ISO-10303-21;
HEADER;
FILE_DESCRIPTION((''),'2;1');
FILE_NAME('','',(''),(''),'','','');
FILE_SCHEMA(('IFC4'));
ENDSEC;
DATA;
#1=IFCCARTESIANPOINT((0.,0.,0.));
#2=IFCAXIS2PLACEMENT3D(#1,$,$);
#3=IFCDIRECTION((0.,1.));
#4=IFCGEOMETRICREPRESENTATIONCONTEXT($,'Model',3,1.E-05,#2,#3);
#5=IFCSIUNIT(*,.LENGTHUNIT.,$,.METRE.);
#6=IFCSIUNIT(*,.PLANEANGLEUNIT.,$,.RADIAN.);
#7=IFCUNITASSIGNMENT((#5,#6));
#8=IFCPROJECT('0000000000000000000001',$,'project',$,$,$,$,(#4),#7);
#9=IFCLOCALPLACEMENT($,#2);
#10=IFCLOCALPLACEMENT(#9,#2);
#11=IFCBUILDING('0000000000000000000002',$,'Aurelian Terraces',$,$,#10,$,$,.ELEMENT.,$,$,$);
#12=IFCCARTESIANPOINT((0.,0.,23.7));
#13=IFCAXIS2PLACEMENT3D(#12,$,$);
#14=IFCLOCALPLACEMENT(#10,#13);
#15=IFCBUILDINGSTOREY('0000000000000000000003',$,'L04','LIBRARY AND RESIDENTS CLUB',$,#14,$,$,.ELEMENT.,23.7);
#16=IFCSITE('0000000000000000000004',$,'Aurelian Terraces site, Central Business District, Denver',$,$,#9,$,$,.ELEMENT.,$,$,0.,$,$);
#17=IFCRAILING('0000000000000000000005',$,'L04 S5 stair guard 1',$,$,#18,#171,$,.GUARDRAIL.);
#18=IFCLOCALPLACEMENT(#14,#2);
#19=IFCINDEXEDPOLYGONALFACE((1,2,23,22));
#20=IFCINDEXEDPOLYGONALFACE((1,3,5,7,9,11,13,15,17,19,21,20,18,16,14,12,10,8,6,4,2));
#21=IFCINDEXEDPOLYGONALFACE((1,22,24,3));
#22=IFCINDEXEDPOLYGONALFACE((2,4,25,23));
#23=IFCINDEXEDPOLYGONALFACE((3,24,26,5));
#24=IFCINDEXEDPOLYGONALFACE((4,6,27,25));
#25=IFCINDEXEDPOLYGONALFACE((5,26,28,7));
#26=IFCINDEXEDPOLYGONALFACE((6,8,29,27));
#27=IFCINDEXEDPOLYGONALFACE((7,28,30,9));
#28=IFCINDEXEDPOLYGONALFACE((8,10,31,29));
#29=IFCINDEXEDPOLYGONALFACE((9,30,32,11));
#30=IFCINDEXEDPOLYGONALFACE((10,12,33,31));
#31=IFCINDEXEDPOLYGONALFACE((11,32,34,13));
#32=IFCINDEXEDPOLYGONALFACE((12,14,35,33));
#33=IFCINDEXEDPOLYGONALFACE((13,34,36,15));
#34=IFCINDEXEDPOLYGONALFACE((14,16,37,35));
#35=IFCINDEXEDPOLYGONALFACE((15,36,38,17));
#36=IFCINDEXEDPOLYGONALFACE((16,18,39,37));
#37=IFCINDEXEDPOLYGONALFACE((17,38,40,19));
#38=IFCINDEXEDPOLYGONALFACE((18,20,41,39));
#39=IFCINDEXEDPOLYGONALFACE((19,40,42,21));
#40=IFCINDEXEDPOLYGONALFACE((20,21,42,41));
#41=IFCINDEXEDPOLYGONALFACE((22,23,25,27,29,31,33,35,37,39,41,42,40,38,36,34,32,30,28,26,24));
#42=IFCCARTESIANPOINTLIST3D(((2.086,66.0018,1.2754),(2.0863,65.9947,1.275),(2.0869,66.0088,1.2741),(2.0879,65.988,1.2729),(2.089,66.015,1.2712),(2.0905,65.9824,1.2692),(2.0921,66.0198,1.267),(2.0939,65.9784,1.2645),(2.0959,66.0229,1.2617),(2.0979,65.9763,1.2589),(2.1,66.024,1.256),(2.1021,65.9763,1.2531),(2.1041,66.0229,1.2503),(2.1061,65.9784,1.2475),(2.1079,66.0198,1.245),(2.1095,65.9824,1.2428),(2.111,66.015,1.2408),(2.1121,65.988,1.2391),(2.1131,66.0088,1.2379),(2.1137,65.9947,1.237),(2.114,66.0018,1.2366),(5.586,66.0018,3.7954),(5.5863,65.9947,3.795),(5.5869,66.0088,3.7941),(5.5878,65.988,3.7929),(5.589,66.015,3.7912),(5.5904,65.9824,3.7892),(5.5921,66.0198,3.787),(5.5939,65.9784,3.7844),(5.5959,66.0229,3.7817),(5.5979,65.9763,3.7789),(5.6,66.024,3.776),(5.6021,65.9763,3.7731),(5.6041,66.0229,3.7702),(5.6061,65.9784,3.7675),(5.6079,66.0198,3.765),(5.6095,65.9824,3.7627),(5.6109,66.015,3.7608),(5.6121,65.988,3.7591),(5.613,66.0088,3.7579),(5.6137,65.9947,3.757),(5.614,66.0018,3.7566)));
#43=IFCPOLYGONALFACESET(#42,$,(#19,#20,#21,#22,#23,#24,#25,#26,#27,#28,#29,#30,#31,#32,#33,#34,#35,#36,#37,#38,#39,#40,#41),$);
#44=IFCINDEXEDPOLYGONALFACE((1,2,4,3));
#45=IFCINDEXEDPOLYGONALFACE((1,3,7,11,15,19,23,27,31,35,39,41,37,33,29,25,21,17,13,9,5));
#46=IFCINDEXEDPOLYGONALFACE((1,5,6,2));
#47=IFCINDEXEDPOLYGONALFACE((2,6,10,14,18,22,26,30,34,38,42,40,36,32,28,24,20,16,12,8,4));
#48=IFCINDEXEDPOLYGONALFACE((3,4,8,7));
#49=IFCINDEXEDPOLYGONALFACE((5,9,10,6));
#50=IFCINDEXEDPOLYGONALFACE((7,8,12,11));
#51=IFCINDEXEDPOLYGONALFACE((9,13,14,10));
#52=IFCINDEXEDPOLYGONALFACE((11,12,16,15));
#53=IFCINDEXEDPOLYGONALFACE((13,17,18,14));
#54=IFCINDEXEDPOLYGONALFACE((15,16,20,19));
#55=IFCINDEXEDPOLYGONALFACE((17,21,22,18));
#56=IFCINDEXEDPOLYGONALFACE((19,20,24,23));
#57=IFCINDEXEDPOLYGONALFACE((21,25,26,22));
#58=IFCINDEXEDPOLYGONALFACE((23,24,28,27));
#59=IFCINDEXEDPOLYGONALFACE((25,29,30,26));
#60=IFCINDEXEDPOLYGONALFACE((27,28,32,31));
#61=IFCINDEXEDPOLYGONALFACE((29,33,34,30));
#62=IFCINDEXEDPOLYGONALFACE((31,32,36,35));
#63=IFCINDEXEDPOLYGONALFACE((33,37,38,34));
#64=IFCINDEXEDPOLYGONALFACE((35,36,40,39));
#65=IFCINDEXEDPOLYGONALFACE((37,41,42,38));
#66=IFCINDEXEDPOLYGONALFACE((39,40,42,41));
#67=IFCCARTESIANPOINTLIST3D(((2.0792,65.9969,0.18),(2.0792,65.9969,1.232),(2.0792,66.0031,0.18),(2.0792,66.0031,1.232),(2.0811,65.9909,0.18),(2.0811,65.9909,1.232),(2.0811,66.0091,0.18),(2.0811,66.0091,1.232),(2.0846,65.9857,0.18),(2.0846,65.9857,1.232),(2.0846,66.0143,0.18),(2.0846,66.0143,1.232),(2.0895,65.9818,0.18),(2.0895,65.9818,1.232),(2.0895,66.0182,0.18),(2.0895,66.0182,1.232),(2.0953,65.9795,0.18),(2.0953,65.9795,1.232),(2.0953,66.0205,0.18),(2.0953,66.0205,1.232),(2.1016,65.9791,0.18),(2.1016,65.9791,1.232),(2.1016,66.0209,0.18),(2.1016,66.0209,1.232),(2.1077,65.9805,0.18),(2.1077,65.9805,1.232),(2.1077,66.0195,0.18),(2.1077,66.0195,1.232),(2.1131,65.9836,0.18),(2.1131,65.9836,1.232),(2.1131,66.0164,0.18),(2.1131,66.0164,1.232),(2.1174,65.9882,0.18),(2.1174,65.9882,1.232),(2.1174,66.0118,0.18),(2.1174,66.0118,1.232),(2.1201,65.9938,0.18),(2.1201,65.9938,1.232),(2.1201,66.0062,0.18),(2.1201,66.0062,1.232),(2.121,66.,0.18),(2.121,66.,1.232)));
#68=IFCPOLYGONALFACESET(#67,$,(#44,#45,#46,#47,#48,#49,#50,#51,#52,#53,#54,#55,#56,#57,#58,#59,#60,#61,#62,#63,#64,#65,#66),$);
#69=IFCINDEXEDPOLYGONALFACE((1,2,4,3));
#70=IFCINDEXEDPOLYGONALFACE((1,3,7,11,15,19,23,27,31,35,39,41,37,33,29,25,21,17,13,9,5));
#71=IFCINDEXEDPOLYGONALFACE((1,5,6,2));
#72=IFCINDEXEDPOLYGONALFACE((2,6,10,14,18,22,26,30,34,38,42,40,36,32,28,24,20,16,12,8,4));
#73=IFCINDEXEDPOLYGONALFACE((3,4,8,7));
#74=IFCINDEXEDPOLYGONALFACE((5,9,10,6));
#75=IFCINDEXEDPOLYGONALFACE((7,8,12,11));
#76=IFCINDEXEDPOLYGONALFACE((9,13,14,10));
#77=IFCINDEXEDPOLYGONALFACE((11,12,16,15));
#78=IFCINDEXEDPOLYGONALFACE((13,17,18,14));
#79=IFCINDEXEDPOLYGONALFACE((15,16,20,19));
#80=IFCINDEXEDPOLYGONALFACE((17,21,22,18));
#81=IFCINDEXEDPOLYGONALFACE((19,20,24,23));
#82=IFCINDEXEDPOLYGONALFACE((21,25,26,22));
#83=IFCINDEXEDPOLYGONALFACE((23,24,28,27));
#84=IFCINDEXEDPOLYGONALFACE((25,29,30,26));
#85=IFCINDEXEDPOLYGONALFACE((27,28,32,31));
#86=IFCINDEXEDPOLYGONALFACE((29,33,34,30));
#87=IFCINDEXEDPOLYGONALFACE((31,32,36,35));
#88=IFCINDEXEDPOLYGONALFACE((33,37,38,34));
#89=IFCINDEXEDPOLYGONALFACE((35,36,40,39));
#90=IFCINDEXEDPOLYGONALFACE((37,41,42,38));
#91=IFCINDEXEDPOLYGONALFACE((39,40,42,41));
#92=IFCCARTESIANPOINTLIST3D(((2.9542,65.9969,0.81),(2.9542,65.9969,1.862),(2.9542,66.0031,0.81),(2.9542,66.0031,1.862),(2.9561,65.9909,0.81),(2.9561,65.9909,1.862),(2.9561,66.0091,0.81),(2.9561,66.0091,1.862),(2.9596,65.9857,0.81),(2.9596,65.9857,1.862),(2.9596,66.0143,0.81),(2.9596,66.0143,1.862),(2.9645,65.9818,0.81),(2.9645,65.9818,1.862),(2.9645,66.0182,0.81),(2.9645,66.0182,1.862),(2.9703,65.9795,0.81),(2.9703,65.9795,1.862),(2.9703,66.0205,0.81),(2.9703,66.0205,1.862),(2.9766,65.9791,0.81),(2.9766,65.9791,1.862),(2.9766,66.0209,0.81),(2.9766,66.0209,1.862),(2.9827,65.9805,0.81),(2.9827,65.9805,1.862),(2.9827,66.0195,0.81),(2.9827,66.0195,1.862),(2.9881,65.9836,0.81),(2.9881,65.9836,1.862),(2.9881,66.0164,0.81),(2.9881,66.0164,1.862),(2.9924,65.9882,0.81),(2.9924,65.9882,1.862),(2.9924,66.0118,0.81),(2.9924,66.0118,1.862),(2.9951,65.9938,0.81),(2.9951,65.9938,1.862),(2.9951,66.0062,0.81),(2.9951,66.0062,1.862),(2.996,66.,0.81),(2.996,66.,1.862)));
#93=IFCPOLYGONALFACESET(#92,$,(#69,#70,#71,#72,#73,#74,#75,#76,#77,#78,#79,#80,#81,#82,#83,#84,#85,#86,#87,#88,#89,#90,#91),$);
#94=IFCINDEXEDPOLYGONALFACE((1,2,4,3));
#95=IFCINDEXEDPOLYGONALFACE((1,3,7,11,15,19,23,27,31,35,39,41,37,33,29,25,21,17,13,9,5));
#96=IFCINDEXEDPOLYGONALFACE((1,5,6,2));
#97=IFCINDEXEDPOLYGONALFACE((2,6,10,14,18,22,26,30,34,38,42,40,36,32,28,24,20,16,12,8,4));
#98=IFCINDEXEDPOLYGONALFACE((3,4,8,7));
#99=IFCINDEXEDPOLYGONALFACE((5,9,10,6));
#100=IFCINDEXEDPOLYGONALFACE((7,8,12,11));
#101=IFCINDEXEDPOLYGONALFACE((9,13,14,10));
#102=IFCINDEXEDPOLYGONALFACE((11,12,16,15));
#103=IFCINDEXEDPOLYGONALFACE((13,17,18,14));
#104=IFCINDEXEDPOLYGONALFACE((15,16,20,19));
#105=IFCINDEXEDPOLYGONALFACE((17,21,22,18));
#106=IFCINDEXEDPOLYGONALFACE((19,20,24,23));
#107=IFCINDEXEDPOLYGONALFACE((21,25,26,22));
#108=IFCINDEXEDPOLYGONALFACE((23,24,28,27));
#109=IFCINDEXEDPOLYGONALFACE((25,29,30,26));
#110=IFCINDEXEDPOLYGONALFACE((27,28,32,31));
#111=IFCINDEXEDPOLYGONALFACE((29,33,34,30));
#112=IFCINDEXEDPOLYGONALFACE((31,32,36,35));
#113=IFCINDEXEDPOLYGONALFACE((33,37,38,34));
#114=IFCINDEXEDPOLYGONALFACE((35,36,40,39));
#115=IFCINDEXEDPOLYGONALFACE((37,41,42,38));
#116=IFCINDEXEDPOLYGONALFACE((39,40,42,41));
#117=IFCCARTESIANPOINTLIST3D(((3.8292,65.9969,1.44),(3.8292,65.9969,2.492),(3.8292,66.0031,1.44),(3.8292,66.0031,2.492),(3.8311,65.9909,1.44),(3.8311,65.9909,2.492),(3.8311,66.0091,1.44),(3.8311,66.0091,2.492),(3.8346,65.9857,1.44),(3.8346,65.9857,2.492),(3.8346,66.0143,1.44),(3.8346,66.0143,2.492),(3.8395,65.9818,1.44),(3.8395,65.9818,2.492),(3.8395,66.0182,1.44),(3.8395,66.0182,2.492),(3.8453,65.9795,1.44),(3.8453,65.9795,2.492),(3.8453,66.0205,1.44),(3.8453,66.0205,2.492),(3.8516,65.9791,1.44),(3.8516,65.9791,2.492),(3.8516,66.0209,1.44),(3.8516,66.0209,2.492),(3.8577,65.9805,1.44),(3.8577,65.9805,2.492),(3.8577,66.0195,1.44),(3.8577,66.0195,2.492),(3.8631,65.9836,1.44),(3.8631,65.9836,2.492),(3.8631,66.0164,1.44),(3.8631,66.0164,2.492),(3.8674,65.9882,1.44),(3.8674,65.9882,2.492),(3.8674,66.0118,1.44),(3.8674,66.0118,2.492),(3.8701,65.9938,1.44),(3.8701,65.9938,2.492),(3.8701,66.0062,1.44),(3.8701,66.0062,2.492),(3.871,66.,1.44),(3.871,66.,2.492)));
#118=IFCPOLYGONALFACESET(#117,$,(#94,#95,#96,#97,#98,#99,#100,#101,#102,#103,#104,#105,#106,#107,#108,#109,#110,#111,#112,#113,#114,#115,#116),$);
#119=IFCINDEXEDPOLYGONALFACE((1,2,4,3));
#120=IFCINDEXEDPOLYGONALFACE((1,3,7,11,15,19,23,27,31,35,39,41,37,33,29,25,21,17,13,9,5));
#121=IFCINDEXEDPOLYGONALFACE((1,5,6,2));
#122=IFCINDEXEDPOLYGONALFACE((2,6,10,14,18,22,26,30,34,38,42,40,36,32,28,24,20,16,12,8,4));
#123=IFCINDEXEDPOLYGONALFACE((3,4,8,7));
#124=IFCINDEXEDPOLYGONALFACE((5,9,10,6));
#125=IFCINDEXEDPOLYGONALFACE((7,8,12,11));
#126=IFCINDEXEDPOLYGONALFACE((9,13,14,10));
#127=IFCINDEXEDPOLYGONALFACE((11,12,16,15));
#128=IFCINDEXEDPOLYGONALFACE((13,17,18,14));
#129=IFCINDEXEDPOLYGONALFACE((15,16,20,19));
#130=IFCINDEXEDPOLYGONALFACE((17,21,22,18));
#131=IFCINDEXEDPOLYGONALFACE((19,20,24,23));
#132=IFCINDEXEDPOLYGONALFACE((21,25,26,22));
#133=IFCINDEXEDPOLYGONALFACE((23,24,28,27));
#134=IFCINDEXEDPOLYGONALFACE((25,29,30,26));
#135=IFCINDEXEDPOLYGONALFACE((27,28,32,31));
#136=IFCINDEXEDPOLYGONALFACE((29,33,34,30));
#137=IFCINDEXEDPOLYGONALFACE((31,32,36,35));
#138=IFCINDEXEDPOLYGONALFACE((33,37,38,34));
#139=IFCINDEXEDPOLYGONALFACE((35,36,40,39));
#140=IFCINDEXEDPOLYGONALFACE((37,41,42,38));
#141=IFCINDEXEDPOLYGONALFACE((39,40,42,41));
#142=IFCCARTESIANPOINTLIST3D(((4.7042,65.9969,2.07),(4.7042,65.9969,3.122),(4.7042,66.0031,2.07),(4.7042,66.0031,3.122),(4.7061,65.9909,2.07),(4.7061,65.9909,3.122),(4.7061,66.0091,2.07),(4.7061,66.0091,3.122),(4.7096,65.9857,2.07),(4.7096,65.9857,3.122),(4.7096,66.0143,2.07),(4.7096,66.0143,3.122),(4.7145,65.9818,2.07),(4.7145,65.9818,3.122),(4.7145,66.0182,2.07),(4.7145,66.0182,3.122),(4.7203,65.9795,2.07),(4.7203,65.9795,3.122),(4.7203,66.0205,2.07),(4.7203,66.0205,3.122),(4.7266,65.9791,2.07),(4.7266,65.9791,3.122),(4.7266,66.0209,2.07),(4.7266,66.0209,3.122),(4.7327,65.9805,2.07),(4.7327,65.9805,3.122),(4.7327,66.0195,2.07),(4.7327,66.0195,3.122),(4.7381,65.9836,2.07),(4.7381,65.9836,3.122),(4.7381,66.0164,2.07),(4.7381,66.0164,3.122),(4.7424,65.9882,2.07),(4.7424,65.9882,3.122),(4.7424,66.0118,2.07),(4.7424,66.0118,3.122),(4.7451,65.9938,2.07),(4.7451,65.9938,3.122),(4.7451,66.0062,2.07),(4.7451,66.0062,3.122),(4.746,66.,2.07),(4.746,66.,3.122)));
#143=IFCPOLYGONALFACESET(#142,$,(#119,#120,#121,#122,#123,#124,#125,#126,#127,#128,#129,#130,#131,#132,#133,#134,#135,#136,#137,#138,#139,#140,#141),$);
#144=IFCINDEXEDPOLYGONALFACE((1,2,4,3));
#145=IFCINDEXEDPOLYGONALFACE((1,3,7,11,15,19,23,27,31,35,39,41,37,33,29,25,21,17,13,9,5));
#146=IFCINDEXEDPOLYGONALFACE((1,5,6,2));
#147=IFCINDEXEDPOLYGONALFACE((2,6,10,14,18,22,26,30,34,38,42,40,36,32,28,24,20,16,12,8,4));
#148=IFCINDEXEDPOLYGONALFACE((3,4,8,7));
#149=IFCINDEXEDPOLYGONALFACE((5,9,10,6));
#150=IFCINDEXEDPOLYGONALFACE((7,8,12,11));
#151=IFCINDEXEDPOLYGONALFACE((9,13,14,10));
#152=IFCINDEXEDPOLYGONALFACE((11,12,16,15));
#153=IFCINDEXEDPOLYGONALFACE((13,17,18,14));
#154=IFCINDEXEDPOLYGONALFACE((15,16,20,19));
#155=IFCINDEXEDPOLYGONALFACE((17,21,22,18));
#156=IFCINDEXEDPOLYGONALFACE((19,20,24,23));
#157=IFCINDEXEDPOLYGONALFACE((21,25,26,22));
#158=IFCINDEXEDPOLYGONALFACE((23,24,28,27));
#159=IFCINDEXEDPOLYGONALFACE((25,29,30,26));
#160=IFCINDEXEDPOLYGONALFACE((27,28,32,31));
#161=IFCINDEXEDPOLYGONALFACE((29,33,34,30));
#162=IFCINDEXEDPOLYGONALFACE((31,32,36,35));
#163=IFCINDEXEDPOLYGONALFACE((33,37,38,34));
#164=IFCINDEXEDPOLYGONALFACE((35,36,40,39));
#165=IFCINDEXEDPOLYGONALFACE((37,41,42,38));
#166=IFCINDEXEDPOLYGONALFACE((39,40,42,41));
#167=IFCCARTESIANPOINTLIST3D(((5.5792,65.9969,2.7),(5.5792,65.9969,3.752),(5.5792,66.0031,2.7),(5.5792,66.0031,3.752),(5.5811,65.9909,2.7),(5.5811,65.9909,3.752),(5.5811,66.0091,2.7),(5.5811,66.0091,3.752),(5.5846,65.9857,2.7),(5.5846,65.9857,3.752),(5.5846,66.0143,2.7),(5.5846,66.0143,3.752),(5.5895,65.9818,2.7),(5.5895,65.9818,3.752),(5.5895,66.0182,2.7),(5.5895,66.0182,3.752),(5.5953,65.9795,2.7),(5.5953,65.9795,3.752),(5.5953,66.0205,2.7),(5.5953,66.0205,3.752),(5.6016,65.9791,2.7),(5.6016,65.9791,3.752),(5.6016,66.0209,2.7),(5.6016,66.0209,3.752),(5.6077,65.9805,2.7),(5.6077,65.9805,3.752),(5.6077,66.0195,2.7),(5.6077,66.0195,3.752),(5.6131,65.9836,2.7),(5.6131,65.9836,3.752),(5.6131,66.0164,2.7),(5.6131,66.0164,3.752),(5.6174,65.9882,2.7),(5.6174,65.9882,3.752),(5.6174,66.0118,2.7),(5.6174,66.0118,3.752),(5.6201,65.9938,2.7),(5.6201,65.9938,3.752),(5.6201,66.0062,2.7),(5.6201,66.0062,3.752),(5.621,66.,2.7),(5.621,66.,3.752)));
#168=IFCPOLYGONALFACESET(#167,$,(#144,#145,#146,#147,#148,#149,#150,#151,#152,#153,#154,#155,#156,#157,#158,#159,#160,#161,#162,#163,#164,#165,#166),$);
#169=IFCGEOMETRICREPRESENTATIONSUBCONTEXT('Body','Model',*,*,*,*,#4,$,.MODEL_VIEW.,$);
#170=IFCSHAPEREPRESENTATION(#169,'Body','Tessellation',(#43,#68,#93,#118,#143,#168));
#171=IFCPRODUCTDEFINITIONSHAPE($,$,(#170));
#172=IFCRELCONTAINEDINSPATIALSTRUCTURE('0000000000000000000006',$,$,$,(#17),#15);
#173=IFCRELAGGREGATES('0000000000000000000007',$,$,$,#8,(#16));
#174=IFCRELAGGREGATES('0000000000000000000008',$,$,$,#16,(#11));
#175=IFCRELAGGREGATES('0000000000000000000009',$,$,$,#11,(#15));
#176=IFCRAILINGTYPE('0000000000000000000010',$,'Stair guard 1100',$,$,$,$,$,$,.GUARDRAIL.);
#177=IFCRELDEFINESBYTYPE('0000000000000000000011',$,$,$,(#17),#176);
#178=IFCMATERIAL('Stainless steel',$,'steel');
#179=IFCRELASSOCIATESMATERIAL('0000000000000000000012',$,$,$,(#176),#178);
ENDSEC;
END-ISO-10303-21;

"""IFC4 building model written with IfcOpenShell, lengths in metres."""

from ifc_helpers import new_model, si_unit, direction, frame, origin, origin_2d, place, context, subcontext, project, spatial, circle, extrude, source, transform, mapped, material, type_object, element, save


model = new_model("IFC4")

# Units and contexts
model_context = context("Model", 3, precision=1e-05, world=origin(), true_north=direction((0.0, 1.0)))
body_context = subcontext(model_context, "Body", "Model", "MODEL_VIEW")
ifc_project = project(units=[si_unit("LENGTHUNIT", "METRE"), si_unit("PLANEANGLEUNIT", "RADIAN")], contexts=[model_context])

# Site, building, storey
site_placement = place(None, origin())
site = spatial("IfcSite", under=ifc_project, at=site_placement, Name="Aurelian Terraces site, Central Business District, Denver", CompositionType="ELEMENT", RefElevation=0.0)
building_placement = place(site_placement, origin())
building = spatial("IfcBuilding", under=site, at=building_placement, Name="Aurelian Terraces", CompositionType="ELEMENT")
storey_placement = place(building_placement, frame((0.0, 0.0, 23.7)))
storey = spatial("IfcBuildingStorey", under=building, at=storey_placement, Name="L04", Description="LIBRARY AND RESIDENTS CLUB", CompositionType="ELEMENT", Elevation=23.7)

# Railing
ifc_material_1 = material(Name="Stainless steel", Category="steel")
railing_type_1 = type_object("IfcRailingType", Name="Stair guard 1100", PredefinedType="GUARDRAIL", material=ifc_material_1)
shared_shape_1 = source(origin(), body_context, "Body", "SweptSolid", [
    extrude(circle(Radius=0.024, at=origin_2d()), frame((0.0, 0.0, 1.076), z_axis=(0.811534, 0.0, 0.584305), x_axis=(0.0, 1.0, 0.0)), (0.0, 0.0, 1.0), 4.3128),
    extrude(circle(Radius=0.021, at=origin_2d()), origin(), (0.0, 0.0, 1.0), 1.052),
    extrude(circle(Radius=0.021, at=origin_2d()), frame((0.875, 0.0, 0.63)), (0.0, 0.0, 1.0), 1.052),
    extrude(circle(Radius=0.021, at=origin_2d()), frame((1.75, 0.0, 1.26)), (0.0, 0.0, 1.0), 1.052),
    extrude(circle(Radius=0.021, at=origin_2d()), frame((2.625, 0.0, 1.89)), (0.0, 0.0, 1.0), 1.052),
    extrude(circle(Radius=0.021, at=origin_2d()), frame((3.5, 0.0, 2.52)), (0.0, 0.0, 1.0), 1.052),
])
railing_1_placement = place(storey_placement, frame((2.1, 66.0, 0.18)))
element("IfcRailing", 1, at=railing_1_placement, inside=storey, type_object=railing_type_1, Name="L04 S5 stair guard 1", PredefinedType="GUARDRAIL", context=body_context, shape_type="MappedRepresentation", body=[
    mapped(shared_shape_1, transform((0.0, 0.0, 0.0), scale=1.0)),
])

save(model, "model.ifc")
